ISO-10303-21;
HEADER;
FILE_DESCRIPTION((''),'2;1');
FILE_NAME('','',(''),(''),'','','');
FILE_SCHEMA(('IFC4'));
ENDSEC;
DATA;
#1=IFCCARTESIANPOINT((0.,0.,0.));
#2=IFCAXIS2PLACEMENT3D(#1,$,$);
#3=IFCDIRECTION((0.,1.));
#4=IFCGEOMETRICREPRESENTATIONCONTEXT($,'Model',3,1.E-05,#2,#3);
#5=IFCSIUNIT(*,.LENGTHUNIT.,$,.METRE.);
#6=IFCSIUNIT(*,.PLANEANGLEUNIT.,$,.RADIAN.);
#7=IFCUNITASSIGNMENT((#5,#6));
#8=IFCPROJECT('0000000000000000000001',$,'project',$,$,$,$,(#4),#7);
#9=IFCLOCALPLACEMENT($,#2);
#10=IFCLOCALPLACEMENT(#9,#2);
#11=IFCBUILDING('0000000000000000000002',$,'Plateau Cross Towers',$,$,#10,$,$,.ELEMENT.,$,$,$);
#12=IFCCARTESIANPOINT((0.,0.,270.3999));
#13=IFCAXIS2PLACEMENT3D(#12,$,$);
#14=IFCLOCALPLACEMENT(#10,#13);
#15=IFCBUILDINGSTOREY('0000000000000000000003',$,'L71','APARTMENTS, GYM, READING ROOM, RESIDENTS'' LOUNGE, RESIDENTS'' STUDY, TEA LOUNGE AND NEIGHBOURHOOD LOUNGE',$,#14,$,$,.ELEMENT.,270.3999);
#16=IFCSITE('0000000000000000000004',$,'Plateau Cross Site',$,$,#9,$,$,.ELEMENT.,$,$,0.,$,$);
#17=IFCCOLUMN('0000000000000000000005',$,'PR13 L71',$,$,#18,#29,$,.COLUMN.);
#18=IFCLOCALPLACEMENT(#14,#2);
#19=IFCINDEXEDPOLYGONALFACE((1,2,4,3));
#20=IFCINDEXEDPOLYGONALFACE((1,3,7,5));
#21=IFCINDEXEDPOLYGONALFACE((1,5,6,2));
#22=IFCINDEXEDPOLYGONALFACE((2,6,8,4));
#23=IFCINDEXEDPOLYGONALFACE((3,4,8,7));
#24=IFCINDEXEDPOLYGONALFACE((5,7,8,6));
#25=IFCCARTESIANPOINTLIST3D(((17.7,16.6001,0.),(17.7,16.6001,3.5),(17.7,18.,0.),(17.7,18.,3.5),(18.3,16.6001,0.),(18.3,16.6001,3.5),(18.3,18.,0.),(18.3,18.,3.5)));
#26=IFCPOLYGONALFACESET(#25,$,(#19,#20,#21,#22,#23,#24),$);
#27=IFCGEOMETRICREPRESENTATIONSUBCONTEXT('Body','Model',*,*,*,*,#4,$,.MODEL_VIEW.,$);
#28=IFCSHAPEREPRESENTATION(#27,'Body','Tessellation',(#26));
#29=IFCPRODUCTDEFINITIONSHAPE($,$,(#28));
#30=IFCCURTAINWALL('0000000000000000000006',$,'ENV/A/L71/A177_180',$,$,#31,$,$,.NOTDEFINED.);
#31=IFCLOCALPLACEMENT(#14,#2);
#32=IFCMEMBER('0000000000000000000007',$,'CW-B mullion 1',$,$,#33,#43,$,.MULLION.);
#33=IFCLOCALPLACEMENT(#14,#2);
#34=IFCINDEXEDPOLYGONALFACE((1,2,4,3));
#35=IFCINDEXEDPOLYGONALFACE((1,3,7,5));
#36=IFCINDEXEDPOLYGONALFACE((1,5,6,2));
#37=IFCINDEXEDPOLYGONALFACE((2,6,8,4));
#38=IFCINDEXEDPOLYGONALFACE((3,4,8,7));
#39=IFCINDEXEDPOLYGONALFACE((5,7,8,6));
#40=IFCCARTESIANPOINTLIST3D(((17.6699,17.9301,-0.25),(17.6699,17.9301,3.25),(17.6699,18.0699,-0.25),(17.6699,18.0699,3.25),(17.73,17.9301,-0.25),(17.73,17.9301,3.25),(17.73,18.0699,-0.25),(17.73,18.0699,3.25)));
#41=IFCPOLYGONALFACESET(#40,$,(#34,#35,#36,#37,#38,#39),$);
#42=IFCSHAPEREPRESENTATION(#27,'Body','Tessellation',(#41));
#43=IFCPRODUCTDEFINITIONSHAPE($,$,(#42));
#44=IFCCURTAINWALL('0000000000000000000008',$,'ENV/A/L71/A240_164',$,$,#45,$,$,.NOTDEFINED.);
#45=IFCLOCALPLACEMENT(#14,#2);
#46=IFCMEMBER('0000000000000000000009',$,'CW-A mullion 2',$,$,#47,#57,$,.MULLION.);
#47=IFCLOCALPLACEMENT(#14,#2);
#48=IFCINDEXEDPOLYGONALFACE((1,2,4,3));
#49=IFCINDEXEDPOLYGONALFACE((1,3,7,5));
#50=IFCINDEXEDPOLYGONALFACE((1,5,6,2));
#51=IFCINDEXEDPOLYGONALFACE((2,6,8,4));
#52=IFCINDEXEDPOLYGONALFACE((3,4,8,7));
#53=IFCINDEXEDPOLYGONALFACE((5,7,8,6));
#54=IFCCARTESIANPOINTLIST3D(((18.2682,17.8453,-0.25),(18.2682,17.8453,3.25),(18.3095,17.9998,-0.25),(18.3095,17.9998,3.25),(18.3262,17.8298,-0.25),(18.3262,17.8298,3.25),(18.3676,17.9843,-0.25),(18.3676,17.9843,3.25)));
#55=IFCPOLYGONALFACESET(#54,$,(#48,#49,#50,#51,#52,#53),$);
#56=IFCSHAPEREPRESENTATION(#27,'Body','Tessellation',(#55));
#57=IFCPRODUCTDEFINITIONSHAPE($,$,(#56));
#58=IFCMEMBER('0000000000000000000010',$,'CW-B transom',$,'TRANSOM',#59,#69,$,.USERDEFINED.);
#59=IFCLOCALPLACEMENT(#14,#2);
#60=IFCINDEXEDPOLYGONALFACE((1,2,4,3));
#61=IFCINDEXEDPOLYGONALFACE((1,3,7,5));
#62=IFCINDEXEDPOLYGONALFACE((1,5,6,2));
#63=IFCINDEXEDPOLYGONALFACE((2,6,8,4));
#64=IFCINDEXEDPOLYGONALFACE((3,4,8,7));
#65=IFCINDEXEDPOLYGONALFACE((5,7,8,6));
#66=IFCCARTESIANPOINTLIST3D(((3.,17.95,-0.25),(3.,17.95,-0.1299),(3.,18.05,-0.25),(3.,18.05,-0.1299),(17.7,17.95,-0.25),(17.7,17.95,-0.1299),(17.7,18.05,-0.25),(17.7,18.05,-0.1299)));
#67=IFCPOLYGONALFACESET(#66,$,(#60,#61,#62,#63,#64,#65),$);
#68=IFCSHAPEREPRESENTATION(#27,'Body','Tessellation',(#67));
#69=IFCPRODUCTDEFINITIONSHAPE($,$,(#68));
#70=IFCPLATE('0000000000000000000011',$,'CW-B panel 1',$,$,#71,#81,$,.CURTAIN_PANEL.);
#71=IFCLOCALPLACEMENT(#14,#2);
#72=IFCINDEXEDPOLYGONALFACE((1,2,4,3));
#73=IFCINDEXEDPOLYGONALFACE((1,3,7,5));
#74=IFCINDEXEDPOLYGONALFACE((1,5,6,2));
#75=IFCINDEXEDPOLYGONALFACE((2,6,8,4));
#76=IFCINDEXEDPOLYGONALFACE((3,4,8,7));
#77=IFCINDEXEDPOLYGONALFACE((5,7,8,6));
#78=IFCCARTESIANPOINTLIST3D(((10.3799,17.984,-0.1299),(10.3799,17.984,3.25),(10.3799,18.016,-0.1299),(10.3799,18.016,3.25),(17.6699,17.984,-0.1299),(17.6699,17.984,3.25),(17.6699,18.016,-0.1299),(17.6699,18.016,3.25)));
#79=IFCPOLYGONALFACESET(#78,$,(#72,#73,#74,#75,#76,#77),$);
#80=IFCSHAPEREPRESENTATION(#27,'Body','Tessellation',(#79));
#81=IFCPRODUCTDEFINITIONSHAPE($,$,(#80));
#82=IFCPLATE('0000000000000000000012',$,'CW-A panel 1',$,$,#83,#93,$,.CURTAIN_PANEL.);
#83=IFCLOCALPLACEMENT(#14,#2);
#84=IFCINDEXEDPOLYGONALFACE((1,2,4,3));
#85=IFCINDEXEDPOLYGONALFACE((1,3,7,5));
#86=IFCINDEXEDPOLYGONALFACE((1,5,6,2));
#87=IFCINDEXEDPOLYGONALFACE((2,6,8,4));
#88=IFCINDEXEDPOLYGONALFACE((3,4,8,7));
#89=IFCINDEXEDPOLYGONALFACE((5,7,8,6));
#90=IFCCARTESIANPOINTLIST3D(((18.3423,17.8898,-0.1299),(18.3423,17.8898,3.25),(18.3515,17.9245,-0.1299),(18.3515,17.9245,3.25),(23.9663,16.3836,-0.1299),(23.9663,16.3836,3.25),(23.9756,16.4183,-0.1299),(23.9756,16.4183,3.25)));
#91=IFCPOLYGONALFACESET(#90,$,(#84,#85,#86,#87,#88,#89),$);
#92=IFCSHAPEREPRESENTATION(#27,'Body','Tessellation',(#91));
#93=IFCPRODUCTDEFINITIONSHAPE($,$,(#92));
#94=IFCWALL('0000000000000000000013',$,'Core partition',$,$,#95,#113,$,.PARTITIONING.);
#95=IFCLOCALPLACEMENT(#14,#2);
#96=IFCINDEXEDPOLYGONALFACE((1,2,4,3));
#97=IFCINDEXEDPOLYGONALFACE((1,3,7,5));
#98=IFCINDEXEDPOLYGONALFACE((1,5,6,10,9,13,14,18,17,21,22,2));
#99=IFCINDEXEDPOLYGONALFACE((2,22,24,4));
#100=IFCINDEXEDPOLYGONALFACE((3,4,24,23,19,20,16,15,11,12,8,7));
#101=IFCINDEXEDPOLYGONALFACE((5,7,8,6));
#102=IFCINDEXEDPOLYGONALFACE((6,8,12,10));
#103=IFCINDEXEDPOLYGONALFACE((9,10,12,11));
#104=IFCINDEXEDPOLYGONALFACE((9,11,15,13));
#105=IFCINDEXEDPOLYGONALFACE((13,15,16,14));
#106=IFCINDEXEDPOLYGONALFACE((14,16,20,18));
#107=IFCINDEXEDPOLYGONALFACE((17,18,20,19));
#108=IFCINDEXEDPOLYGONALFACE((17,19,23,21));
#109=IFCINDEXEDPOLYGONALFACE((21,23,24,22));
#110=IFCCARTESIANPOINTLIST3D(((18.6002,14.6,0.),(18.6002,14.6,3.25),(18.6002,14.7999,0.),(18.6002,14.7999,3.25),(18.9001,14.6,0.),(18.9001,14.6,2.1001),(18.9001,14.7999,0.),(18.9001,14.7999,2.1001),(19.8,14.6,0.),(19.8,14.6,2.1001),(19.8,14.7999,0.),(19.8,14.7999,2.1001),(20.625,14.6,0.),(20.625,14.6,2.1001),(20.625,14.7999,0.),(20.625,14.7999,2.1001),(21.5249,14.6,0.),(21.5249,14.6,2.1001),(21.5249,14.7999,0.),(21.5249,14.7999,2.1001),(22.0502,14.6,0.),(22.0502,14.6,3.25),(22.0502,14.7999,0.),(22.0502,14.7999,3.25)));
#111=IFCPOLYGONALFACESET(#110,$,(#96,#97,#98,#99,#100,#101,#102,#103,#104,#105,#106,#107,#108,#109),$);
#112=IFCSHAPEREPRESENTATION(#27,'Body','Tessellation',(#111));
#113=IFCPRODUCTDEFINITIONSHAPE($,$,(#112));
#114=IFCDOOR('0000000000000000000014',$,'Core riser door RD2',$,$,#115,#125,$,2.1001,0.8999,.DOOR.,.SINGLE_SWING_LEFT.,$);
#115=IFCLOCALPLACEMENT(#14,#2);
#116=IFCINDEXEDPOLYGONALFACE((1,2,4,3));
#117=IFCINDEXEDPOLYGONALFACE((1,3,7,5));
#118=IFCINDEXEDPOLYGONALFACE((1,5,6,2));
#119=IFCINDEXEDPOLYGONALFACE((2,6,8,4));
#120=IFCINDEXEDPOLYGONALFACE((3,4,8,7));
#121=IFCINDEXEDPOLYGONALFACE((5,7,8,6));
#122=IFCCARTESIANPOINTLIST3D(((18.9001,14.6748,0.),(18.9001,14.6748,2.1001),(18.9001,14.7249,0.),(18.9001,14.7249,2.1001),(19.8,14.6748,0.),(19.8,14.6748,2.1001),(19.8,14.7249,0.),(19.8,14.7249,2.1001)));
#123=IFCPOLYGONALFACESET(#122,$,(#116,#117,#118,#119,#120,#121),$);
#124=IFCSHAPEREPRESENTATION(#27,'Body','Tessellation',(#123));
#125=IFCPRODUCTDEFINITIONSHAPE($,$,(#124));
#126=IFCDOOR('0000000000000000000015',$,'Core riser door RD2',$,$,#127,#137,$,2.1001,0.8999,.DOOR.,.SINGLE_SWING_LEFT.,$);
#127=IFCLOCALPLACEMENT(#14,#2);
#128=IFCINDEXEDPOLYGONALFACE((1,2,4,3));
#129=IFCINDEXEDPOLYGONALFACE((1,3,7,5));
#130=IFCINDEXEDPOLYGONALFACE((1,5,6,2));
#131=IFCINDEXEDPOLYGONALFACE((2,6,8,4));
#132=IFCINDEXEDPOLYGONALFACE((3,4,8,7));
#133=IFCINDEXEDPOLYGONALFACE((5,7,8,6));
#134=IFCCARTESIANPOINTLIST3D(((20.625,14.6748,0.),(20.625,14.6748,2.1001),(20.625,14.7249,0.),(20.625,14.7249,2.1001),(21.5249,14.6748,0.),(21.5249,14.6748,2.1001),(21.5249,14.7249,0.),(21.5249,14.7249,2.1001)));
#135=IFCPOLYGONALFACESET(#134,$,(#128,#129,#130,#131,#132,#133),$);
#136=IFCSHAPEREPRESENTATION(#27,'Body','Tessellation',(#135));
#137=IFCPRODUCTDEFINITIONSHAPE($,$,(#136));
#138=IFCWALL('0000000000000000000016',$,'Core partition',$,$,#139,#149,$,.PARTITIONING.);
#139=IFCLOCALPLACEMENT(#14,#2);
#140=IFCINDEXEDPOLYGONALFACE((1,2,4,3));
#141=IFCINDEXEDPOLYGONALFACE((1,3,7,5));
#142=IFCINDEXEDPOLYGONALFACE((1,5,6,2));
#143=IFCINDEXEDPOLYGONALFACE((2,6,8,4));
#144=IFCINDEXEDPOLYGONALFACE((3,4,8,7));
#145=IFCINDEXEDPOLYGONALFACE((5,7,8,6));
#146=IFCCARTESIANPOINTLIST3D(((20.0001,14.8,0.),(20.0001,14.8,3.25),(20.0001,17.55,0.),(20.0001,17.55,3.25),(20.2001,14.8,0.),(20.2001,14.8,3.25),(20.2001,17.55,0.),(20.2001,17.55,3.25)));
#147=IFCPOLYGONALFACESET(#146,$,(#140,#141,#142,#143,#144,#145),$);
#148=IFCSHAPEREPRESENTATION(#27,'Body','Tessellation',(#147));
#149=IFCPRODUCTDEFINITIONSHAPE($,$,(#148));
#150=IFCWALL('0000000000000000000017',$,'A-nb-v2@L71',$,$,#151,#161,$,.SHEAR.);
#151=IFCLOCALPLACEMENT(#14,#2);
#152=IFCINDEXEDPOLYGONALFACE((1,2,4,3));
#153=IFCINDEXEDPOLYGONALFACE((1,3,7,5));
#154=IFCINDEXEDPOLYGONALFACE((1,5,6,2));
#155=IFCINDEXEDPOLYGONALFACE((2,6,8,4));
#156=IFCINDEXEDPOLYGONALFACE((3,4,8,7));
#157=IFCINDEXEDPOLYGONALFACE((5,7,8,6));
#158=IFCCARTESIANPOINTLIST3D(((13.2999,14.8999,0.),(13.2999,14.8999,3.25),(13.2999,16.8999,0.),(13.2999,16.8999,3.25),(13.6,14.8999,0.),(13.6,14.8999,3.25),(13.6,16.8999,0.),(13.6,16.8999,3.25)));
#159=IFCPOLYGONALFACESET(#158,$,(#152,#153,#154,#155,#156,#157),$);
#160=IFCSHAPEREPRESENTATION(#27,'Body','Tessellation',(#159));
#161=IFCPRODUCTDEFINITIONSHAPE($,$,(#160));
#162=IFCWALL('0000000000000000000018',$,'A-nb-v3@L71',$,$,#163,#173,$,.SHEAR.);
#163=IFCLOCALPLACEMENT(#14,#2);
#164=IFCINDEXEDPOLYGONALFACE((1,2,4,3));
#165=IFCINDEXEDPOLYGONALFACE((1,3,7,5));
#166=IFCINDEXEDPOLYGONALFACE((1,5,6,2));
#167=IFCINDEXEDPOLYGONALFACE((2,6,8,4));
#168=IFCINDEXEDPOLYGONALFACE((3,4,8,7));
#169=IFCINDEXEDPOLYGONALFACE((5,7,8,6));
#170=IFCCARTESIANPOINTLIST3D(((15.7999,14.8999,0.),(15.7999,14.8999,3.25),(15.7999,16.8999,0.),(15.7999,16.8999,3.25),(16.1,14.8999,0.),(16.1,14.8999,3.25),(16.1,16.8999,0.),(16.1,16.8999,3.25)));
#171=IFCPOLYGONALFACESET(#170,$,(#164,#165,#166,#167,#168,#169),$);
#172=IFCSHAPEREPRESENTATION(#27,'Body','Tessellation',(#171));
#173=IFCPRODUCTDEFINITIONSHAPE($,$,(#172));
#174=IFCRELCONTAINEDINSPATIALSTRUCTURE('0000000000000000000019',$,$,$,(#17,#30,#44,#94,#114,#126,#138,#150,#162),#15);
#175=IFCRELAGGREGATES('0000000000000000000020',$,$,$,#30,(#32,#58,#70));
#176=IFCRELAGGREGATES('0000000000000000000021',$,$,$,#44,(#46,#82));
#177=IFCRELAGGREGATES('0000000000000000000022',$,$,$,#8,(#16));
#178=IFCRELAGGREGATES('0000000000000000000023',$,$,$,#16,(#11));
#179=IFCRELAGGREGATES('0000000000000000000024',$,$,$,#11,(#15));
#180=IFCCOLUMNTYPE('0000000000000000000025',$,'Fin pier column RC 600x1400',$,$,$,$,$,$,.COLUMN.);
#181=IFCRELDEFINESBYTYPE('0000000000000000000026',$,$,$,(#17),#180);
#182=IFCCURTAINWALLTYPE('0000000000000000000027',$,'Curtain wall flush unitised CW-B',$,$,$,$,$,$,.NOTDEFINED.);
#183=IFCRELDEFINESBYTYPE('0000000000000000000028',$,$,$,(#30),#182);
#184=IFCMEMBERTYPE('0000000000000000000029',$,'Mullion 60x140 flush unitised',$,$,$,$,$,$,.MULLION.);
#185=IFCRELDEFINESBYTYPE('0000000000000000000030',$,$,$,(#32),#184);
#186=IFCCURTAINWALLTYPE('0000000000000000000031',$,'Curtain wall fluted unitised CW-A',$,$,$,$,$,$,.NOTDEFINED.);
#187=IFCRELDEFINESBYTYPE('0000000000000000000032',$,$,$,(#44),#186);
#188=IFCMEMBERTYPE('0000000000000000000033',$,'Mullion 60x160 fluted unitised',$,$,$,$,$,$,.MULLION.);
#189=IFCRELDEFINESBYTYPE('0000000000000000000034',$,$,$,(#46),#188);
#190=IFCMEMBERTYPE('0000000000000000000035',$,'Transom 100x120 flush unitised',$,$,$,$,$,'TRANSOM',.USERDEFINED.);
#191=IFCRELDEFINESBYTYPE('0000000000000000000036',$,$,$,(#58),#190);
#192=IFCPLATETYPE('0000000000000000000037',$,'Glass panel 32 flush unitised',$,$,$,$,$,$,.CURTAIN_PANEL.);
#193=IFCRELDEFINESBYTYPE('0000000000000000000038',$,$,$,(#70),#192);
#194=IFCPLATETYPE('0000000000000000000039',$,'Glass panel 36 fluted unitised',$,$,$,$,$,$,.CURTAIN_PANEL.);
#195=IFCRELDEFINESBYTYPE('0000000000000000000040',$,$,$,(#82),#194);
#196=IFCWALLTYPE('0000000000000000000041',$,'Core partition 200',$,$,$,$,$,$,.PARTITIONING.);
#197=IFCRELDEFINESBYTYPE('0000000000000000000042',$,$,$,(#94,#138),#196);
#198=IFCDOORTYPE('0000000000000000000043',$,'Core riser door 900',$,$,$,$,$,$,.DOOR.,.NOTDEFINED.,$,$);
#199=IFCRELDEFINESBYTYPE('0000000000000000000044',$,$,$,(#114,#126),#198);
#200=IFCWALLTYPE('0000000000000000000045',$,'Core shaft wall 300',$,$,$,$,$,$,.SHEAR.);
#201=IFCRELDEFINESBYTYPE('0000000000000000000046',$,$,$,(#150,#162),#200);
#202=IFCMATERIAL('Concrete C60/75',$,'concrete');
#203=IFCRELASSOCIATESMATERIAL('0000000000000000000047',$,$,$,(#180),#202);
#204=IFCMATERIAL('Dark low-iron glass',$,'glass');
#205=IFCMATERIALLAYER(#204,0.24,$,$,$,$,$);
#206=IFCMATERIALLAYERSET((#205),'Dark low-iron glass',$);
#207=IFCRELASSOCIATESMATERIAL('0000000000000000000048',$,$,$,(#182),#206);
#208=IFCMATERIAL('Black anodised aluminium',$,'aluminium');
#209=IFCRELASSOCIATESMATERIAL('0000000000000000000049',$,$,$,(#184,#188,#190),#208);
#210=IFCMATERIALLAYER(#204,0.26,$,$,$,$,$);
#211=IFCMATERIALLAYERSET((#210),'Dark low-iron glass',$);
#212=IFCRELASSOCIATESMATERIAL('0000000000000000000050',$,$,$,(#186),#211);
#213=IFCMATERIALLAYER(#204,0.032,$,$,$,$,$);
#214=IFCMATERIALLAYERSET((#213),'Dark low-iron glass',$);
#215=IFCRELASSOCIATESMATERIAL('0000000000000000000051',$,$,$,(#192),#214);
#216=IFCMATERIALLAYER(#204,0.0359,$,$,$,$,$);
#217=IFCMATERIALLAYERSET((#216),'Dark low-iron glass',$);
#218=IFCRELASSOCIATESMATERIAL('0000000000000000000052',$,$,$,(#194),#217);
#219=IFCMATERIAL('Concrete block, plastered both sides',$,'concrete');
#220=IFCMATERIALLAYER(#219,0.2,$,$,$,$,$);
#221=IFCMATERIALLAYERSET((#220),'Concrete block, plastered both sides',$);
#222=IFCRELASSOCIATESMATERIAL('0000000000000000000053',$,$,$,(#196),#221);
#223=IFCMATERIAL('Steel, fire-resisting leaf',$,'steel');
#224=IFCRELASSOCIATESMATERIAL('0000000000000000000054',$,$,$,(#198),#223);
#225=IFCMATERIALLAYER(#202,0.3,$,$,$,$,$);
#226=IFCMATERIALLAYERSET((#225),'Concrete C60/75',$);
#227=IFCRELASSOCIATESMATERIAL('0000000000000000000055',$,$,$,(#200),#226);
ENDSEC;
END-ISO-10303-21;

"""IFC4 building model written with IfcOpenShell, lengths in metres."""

from ifc_helpers import new_model, si_unit, direction, frame, frame_2d, origin, origin_2d, place, context, subcontext, project, spatial, rectangle, extrude, material, layer, layer_set, material_profile, profile_set, type_object, element, fill, aggregate, save


model = new_model("IFC4")

# Units and contexts
model_context = context("Model", 3, precision=1e-05, world=origin(), true_north=direction((0.0, 1.0)))
body_context = subcontext(model_context, "Body", "Model", "MODEL_VIEW")
ifc_project = project(units=[si_unit("LENGTHUNIT", "METRE"), si_unit("PLANEANGLEUNIT", "RADIAN")], contexts=[model_context])

# Site, building, storey
site_placement = place(None, origin())
site = spatial("IfcSite", under=ifc_project, at=site_placement, Name="Plateau Cross Site", CompositionType="ELEMENT", RefElevation=0.0)
building_placement = place(site_placement, origin())
building = spatial("IfcBuilding", under=site, at=building_placement, Name="Plateau Cross Towers", CompositionType="ELEMENT")
storey_placement = place(building_placement, frame((0.0, 0.0, 270.3999)))
storey = spatial("IfcBuildingStorey", under=building, at=storey_placement, Name="L71", Description="APARTMENTS, GYM, READING ROOM, RESIDENTS' LOUNGE, RESIDENTS' STUDY, TEA LOUNGE AND NEIGHBOURHOOD LOUNGE", CompositionType="ELEMENT", Elevation=270.3999)

# Column
ifc_material_1 = material(Name="Concrete C60/75", Category="concrete")
ifc_material_profile_1 = material_profile(ifc_material_1, rectangle(XDim=0.6001, YDim=1.3999, at=origin_2d()), Name="RC 600x1400")
ifc_profile_set_1 = profile_set([ifc_material_profile_1], Name="Concrete C60/75")
column_type = type_object("IfcColumnType", Name="Fin pier column RC 600x1400", PredefinedType="COLUMN", material=ifc_profile_set_1)
column_placement = place(storey_placement, frame((18.0, 17.3, 0.0), z_axis=(0.0, 0.0, 1.0), x_axis=(1.0, 0.0, 0.0)))
element("IfcColumn", 1, at=column_placement, inside=storey, type_object=column_type, Name="PR13 L71", PredefinedType="COLUMN", context=body_context, shape_type="SweptSolid", body=[
    extrude(rectangle(XDim=0.6001, YDim=1.3999, at=origin_2d()), origin(), (0.0, 0.0, 1.0), 3.5),
])

# Curtain walls, members
ifc_material_2 = material(Name="Dark low-iron glass", Category="glass")
ifc_layer_1 = layer(ifc_material_2, 0.24)
ifc_layer_set_1 = layer_set([ifc_layer_1], Name="Dark low-iron glass")
curtain_wall_type_1 = type_object("IfcCurtainWallType", Name="Curtain wall flush unitised CW-B", PredefinedType="NOTDEFINED", material=ifc_layer_set_1)
curtain_wall_1_placement = place(storey_placement, origin())
curtain_wall_1 = element("IfcCurtainWall", 2, at=curtain_wall_1_placement, inside=storey, type_object=curtain_wall_type_1, Name="ENV/A/L71/A177_180", PredefinedType="NOTDEFINED")
ifc_material_3 = material(Name="Black anodised aluminium", Category="aluminium")
ifc_material_profile_2 = material_profile(ifc_material_3, rectangle(XDim=0.0601, YDim=0.1399, at=origin_2d()), Name="MULLION 60x140")
ifc_profile_set_2 = profile_set([ifc_material_profile_2], Name="Black anodised aluminium")
member_type_1 = type_object("IfcMemberType", Name="Mullion 60x140 flush unitised", PredefinedType="MULLION", material=ifc_profile_set_2)
member_1_placement = place(storey_placement, frame((17.7, 18.0, -0.25), z_axis=(0.0, 0.0, 1.0), x_axis=(-1.0, 0.0, 0.0)))
member_1 = element("IfcMember", 3, at=member_1_placement, type_object=member_type_1, Name="CW-B mullion 1", PredefinedType="MULLION", context=body_context, shape_type="SweptSolid", body=[
    extrude(rectangle(XDim=0.0601, YDim=0.1399, at=origin_2d()), origin(), (0.0, 0.0, 1.0), 3.5),
])
ifc_layer_2 = layer(ifc_material_2, 0.26)
ifc_layer_set_2 = layer_set([ifc_layer_2], Name="Dark low-iron glass")
curtain_wall_type_2 = type_object("IfcCurtainWallType", Name="Curtain wall fluted unitised CW-A", PredefinedType="NOTDEFINED", material=ifc_layer_set_2)
curtain_wall_2_placement = place(storey_placement, origin())
curtain_wall_2 = element("IfcCurtainWall", 4, at=curtain_wall_2_placement, inside=storey, type_object=curtain_wall_type_2, Name="ENV/A/L71/A240_164", PredefinedType="NOTDEFINED")
ifc_material_profile_3 = material_profile(ifc_material_3, rectangle(XDim=0.0601, YDim=0.1599, at=origin_2d()), Name="MULLION 60x160")
ifc_profile_set_3 = profile_set([ifc_material_profile_3], Name="Black anodised aluminium")
member_type_2 = type_object("IfcMemberType", Name="Mullion 60x160 fluted unitised", PredefinedType="MULLION", material=ifc_profile_set_3)
member_2_placement = place(storey_placement, frame((18.3179, 17.9148, -0.25), z_axis=(0.0, 0.0, 1.0), x_axis=(-0.965958, 0.258699, 0.0)))
member_2 = element("IfcMember", 5, at=member_2_placement, type_object=member_type_2, Name="CW-A mullion 2", PredefinedType="MULLION", context=body_context, shape_type="SweptSolid", body=[
    extrude(rectangle(XDim=0.0601, YDim=0.1599, at=origin_2d()), origin(), (0.0, 0.0, 1.0), 3.5),
])

# Member
ifc_material_profile_4 = material_profile(ifc_material_3, rectangle(XDim=0.1001, YDim=0.1201, at=origin_2d()), Name="TRANSOM 100x120")
ifc_profile_set_4 = profile_set([ifc_material_profile_4], Name="Black anodised aluminium")
member_type_3 = type_object("IfcMemberType", Name="Transom 100x120 flush unitised", ElementType="TRANSOM", PredefinedType="USERDEFINED", material=ifc_profile_set_4)
member_3_placement = place(storey_placement, frame((17.7, 18.0, -0.1899), z_axis=(-1.0, 0.0, 0.0), x_axis=(0.0, -1.0, 0.0)))
member_3 = element("IfcMember", 6, at=member_3_placement, type_object=member_type_3, Name="CW-B transom", ObjectType="TRANSOM", PredefinedType="USERDEFINED", context=body_context, shape_type="SweptSolid", body=[
    extrude(rectangle(XDim=0.1001, YDim=0.1201, at=origin_2d()), origin(), (0.0, 0.0, 1.0), 14.7),
])

# Plates
ifc_layer_3 = layer(ifc_material_2, 0.032)
ifc_layer_set_3 = layer_set([ifc_layer_3], Name="Dark low-iron glass")
plate_type_1 = type_object("IfcPlateType", Name="Glass panel 32 flush unitised", PredefinedType="CURTAIN_PANEL", material=ifc_layer_set_3)
plate_1_placement = place(storey_placement, frame((14.0249, 18.0, -0.1299), z_axis=(0.0, 0.0, 1.0), x_axis=(-1.0, 0.0, 0.0)))
plate_1 = element("IfcPlate", 7, at=plate_1_placement, type_object=plate_type_1, Name="CW-B panel 1", PredefinedType="CURTAIN_PANEL", context=body_context, shape_type="SweptSolid", body=[
    extrude(rectangle(XDim=7.29, YDim=0.032, at=origin_2d()), origin(), (0.0, 0.0, 1.0), 3.3799),
])
aggregate(curtain_wall_1, [member_1, member_3, plate_1])
ifc_layer_4 = layer(ifc_material_2, 0.0359)
ifc_layer_set_4 = layer_set([ifc_layer_4], Name="Dark low-iron glass")
plate_type_2 = type_object("IfcPlateType", Name="Glass panel 36 fluted unitised", PredefinedType="CURTAIN_PANEL", material=ifc_layer_set_4)
plate_2_placement = place(storey_placement, frame((21.1589, 17.1541, -0.1299), z_axis=(0.0, 0.0, 1.0), x_axis=(-0.965958, 0.258699, 0.0)))
plate_2 = element("IfcPlate", 8, at=plate_2_placement, type_object=plate_type_2, Name="CW-A panel 1", PredefinedType="CURTAIN_PANEL", context=body_context, shape_type="SweptSolid", body=[
    extrude(rectangle(XDim=5.8223, YDim=0.0359, at=origin_2d()), origin(), (0.0, 0.0, 1.0), 3.3799),
])
aggregate(curtain_wall_2, [member_2, plate_2])

# Wall, openings, doors
ifc_material_4 = material(Name="Concrete block, plastered both sides", Category="concrete")
ifc_layer_5 = layer(ifc_material_4, 0.2)
ifc_layer_set_5 = layer_set([ifc_layer_5], Name="Concrete block, plastered both sides")
wall_type_1 = type_object("IfcWallType", Name="Core partition 200", PredefinedType="PARTITIONING", material=ifc_layer_set_5)
wall_1_placement = place(storey_placement, frame((18.6001, 14.7, 0.0), z_axis=(0.0, 0.0, 1.0), x_axis=(1.0, 0.0, 0.0)))
wall_1 = element("IfcWall", 9, at=wall_1_placement, inside=storey, type_object=wall_type_1, Name="Core partition", PredefinedType="PARTITIONING", context=body_context, shape_type="SweptSolid", body=[
    extrude(rectangle(XDim=3.45, YDim=0.2, at=frame_2d((1.7251, 0.0))), origin(), (0.0, 0.0, 1.0), 3.25),
])
opening_1_placement = place(wall_1_placement, frame((0.3, 0.0, 0.0)))
opening_1 = element("IfcOpeningElement", 10, at=opening_1_placement, cuts=wall_1, PredefinedType="OPENING", context=body_context, shape_type="SweptSolid", body=[
    extrude(rectangle(XDim=0.8999, YDim=2.1001, at=frame_2d((0.45, 1.05))), frame((0.0, 0.1099, 0.0), z_axis=(0.0, -1.0, 0.0), x_axis=(1.0, 0.0, 0.0)), (0.0, 0.0, 1.0), 0.22),
])
opening_2_placement = place(wall_1_placement, frame((2.0249, 0.0, 0.0)))
opening_2 = element("IfcOpeningElement", 11, at=opening_2_placement, cuts=wall_1, PredefinedType="OPENING", context=body_context, shape_type="SweptSolid", body=[
    extrude(rectangle(XDim=0.8999, YDim=2.1001, at=frame_2d((0.45, 1.05))), frame((0.0, 0.1099, 0.0), z_axis=(0.0, -1.0, 0.0), x_axis=(1.0, 0.0, 0.0)), (0.0, 0.0, 1.0), 0.22),
])
ifc_material_5 = material(Name="Steel, fire-resisting leaf", Category="steel")
door_type_1 = type_object("IfcDoorType", Name="Core riser door 900", OperationType="NOTDEFINED", PredefinedType="DOOR", material=ifc_material_5)
door_1_placement = place(opening_1_placement, origin())
door_1 = element("IfcDoor", 12, at=door_1_placement, inside=storey, type_object=door_type_1, Name="Core riser door RD2", OperationType="SINGLE_SWING_LEFT", OverallHeight=2.1001, OverallWidth=0.8999, PredefinedType="DOOR", context=body_context, shape_type="SweptSolid", body=[
    extrude(rectangle(XDim=0.8999, YDim=2.1001, at=frame_2d((0.45, 1.05))), frame((0.0, 0.0249, 0.0), z_axis=(0.0, -1.0, 0.0), x_axis=(1.0, 0.0, 0.0)), (0.0, 0.0, 1.0), 0.05),
])
fill(opening_1, door_1)
door_2_placement = place(opening_2_placement, origin())
door_2 = element("IfcDoor", 13, at=door_2_placement, inside=storey, type_object=door_type_1, Name="Core riser door RD2", OperationType="SINGLE_SWING_LEFT", OverallHeight=2.1001, OverallWidth=0.8999, PredefinedType="DOOR", context=body_context, shape_type="SweptSolid", body=[
    extrude(rectangle(XDim=0.8999, YDim=2.1001, at=frame_2d((0.45, 1.05))), frame((0.0, 0.0249, 0.0), z_axis=(0.0, -1.0, 0.0), x_axis=(1.0, 0.0, 0.0)), (0.0, 0.0, 1.0), 0.05),
])
fill(opening_2, door_2)

# Walls
wall_2_placement = place(storey_placement, frame((20.1001, 14.8, 0.0), z_axis=(0.0, 0.0, 1.0), x_axis=(0.0, 1.0, 0.0)))
element("IfcWall", 14, at=wall_2_placement, inside=storey, type_object=wall_type_1, Name="Core partition", PredefinedType="PARTITIONING", context=body_context, shape_type="SweptSolid", body=[
    extrude(rectangle(XDim=2.75, YDim=0.2, at=frame_2d((1.375, 0.0))), origin(), (0.0, 0.0, 1.0), 3.25),
])
ifc_layer_6 = layer(ifc_material_1, 0.3)
ifc_layer_set_6 = layer_set([ifc_layer_6], Name="Concrete C60/75")
wall_type_2 = type_object("IfcWallType", Name="Core shaft wall 300", PredefinedType="SHEAR", material=ifc_layer_set_6)
for number, where, z_axis, x_axis, name in (
    (15, (13.45, 14.8999, 0.0), (0.0, 0.0, 1.0), (0.0, 1.0, 0.0), "A-nb-v2@L71"),
    (16, (15.95, 14.8999, 0.0), (0.0, 0.0, 1.0), (0.0, 1.0, 0.0), "A-nb-v3@L71"),
):
    element("IfcWall", number, at=place(storey_placement, frame(where, z_axis=z_axis, x_axis=x_axis)), inside=storey, type_object=wall_type_2, Name=name, PredefinedType="SHEAR", context=body_context, shape_type="SweptSolid", body=[
        extrude(rectangle(XDim=2.0, YDim=0.3, at=frame_2d((1.0, 0.0))), origin(), (0.0, 0.0, 1.0), 3.25),
    ])

save(model, "model.ifc")
